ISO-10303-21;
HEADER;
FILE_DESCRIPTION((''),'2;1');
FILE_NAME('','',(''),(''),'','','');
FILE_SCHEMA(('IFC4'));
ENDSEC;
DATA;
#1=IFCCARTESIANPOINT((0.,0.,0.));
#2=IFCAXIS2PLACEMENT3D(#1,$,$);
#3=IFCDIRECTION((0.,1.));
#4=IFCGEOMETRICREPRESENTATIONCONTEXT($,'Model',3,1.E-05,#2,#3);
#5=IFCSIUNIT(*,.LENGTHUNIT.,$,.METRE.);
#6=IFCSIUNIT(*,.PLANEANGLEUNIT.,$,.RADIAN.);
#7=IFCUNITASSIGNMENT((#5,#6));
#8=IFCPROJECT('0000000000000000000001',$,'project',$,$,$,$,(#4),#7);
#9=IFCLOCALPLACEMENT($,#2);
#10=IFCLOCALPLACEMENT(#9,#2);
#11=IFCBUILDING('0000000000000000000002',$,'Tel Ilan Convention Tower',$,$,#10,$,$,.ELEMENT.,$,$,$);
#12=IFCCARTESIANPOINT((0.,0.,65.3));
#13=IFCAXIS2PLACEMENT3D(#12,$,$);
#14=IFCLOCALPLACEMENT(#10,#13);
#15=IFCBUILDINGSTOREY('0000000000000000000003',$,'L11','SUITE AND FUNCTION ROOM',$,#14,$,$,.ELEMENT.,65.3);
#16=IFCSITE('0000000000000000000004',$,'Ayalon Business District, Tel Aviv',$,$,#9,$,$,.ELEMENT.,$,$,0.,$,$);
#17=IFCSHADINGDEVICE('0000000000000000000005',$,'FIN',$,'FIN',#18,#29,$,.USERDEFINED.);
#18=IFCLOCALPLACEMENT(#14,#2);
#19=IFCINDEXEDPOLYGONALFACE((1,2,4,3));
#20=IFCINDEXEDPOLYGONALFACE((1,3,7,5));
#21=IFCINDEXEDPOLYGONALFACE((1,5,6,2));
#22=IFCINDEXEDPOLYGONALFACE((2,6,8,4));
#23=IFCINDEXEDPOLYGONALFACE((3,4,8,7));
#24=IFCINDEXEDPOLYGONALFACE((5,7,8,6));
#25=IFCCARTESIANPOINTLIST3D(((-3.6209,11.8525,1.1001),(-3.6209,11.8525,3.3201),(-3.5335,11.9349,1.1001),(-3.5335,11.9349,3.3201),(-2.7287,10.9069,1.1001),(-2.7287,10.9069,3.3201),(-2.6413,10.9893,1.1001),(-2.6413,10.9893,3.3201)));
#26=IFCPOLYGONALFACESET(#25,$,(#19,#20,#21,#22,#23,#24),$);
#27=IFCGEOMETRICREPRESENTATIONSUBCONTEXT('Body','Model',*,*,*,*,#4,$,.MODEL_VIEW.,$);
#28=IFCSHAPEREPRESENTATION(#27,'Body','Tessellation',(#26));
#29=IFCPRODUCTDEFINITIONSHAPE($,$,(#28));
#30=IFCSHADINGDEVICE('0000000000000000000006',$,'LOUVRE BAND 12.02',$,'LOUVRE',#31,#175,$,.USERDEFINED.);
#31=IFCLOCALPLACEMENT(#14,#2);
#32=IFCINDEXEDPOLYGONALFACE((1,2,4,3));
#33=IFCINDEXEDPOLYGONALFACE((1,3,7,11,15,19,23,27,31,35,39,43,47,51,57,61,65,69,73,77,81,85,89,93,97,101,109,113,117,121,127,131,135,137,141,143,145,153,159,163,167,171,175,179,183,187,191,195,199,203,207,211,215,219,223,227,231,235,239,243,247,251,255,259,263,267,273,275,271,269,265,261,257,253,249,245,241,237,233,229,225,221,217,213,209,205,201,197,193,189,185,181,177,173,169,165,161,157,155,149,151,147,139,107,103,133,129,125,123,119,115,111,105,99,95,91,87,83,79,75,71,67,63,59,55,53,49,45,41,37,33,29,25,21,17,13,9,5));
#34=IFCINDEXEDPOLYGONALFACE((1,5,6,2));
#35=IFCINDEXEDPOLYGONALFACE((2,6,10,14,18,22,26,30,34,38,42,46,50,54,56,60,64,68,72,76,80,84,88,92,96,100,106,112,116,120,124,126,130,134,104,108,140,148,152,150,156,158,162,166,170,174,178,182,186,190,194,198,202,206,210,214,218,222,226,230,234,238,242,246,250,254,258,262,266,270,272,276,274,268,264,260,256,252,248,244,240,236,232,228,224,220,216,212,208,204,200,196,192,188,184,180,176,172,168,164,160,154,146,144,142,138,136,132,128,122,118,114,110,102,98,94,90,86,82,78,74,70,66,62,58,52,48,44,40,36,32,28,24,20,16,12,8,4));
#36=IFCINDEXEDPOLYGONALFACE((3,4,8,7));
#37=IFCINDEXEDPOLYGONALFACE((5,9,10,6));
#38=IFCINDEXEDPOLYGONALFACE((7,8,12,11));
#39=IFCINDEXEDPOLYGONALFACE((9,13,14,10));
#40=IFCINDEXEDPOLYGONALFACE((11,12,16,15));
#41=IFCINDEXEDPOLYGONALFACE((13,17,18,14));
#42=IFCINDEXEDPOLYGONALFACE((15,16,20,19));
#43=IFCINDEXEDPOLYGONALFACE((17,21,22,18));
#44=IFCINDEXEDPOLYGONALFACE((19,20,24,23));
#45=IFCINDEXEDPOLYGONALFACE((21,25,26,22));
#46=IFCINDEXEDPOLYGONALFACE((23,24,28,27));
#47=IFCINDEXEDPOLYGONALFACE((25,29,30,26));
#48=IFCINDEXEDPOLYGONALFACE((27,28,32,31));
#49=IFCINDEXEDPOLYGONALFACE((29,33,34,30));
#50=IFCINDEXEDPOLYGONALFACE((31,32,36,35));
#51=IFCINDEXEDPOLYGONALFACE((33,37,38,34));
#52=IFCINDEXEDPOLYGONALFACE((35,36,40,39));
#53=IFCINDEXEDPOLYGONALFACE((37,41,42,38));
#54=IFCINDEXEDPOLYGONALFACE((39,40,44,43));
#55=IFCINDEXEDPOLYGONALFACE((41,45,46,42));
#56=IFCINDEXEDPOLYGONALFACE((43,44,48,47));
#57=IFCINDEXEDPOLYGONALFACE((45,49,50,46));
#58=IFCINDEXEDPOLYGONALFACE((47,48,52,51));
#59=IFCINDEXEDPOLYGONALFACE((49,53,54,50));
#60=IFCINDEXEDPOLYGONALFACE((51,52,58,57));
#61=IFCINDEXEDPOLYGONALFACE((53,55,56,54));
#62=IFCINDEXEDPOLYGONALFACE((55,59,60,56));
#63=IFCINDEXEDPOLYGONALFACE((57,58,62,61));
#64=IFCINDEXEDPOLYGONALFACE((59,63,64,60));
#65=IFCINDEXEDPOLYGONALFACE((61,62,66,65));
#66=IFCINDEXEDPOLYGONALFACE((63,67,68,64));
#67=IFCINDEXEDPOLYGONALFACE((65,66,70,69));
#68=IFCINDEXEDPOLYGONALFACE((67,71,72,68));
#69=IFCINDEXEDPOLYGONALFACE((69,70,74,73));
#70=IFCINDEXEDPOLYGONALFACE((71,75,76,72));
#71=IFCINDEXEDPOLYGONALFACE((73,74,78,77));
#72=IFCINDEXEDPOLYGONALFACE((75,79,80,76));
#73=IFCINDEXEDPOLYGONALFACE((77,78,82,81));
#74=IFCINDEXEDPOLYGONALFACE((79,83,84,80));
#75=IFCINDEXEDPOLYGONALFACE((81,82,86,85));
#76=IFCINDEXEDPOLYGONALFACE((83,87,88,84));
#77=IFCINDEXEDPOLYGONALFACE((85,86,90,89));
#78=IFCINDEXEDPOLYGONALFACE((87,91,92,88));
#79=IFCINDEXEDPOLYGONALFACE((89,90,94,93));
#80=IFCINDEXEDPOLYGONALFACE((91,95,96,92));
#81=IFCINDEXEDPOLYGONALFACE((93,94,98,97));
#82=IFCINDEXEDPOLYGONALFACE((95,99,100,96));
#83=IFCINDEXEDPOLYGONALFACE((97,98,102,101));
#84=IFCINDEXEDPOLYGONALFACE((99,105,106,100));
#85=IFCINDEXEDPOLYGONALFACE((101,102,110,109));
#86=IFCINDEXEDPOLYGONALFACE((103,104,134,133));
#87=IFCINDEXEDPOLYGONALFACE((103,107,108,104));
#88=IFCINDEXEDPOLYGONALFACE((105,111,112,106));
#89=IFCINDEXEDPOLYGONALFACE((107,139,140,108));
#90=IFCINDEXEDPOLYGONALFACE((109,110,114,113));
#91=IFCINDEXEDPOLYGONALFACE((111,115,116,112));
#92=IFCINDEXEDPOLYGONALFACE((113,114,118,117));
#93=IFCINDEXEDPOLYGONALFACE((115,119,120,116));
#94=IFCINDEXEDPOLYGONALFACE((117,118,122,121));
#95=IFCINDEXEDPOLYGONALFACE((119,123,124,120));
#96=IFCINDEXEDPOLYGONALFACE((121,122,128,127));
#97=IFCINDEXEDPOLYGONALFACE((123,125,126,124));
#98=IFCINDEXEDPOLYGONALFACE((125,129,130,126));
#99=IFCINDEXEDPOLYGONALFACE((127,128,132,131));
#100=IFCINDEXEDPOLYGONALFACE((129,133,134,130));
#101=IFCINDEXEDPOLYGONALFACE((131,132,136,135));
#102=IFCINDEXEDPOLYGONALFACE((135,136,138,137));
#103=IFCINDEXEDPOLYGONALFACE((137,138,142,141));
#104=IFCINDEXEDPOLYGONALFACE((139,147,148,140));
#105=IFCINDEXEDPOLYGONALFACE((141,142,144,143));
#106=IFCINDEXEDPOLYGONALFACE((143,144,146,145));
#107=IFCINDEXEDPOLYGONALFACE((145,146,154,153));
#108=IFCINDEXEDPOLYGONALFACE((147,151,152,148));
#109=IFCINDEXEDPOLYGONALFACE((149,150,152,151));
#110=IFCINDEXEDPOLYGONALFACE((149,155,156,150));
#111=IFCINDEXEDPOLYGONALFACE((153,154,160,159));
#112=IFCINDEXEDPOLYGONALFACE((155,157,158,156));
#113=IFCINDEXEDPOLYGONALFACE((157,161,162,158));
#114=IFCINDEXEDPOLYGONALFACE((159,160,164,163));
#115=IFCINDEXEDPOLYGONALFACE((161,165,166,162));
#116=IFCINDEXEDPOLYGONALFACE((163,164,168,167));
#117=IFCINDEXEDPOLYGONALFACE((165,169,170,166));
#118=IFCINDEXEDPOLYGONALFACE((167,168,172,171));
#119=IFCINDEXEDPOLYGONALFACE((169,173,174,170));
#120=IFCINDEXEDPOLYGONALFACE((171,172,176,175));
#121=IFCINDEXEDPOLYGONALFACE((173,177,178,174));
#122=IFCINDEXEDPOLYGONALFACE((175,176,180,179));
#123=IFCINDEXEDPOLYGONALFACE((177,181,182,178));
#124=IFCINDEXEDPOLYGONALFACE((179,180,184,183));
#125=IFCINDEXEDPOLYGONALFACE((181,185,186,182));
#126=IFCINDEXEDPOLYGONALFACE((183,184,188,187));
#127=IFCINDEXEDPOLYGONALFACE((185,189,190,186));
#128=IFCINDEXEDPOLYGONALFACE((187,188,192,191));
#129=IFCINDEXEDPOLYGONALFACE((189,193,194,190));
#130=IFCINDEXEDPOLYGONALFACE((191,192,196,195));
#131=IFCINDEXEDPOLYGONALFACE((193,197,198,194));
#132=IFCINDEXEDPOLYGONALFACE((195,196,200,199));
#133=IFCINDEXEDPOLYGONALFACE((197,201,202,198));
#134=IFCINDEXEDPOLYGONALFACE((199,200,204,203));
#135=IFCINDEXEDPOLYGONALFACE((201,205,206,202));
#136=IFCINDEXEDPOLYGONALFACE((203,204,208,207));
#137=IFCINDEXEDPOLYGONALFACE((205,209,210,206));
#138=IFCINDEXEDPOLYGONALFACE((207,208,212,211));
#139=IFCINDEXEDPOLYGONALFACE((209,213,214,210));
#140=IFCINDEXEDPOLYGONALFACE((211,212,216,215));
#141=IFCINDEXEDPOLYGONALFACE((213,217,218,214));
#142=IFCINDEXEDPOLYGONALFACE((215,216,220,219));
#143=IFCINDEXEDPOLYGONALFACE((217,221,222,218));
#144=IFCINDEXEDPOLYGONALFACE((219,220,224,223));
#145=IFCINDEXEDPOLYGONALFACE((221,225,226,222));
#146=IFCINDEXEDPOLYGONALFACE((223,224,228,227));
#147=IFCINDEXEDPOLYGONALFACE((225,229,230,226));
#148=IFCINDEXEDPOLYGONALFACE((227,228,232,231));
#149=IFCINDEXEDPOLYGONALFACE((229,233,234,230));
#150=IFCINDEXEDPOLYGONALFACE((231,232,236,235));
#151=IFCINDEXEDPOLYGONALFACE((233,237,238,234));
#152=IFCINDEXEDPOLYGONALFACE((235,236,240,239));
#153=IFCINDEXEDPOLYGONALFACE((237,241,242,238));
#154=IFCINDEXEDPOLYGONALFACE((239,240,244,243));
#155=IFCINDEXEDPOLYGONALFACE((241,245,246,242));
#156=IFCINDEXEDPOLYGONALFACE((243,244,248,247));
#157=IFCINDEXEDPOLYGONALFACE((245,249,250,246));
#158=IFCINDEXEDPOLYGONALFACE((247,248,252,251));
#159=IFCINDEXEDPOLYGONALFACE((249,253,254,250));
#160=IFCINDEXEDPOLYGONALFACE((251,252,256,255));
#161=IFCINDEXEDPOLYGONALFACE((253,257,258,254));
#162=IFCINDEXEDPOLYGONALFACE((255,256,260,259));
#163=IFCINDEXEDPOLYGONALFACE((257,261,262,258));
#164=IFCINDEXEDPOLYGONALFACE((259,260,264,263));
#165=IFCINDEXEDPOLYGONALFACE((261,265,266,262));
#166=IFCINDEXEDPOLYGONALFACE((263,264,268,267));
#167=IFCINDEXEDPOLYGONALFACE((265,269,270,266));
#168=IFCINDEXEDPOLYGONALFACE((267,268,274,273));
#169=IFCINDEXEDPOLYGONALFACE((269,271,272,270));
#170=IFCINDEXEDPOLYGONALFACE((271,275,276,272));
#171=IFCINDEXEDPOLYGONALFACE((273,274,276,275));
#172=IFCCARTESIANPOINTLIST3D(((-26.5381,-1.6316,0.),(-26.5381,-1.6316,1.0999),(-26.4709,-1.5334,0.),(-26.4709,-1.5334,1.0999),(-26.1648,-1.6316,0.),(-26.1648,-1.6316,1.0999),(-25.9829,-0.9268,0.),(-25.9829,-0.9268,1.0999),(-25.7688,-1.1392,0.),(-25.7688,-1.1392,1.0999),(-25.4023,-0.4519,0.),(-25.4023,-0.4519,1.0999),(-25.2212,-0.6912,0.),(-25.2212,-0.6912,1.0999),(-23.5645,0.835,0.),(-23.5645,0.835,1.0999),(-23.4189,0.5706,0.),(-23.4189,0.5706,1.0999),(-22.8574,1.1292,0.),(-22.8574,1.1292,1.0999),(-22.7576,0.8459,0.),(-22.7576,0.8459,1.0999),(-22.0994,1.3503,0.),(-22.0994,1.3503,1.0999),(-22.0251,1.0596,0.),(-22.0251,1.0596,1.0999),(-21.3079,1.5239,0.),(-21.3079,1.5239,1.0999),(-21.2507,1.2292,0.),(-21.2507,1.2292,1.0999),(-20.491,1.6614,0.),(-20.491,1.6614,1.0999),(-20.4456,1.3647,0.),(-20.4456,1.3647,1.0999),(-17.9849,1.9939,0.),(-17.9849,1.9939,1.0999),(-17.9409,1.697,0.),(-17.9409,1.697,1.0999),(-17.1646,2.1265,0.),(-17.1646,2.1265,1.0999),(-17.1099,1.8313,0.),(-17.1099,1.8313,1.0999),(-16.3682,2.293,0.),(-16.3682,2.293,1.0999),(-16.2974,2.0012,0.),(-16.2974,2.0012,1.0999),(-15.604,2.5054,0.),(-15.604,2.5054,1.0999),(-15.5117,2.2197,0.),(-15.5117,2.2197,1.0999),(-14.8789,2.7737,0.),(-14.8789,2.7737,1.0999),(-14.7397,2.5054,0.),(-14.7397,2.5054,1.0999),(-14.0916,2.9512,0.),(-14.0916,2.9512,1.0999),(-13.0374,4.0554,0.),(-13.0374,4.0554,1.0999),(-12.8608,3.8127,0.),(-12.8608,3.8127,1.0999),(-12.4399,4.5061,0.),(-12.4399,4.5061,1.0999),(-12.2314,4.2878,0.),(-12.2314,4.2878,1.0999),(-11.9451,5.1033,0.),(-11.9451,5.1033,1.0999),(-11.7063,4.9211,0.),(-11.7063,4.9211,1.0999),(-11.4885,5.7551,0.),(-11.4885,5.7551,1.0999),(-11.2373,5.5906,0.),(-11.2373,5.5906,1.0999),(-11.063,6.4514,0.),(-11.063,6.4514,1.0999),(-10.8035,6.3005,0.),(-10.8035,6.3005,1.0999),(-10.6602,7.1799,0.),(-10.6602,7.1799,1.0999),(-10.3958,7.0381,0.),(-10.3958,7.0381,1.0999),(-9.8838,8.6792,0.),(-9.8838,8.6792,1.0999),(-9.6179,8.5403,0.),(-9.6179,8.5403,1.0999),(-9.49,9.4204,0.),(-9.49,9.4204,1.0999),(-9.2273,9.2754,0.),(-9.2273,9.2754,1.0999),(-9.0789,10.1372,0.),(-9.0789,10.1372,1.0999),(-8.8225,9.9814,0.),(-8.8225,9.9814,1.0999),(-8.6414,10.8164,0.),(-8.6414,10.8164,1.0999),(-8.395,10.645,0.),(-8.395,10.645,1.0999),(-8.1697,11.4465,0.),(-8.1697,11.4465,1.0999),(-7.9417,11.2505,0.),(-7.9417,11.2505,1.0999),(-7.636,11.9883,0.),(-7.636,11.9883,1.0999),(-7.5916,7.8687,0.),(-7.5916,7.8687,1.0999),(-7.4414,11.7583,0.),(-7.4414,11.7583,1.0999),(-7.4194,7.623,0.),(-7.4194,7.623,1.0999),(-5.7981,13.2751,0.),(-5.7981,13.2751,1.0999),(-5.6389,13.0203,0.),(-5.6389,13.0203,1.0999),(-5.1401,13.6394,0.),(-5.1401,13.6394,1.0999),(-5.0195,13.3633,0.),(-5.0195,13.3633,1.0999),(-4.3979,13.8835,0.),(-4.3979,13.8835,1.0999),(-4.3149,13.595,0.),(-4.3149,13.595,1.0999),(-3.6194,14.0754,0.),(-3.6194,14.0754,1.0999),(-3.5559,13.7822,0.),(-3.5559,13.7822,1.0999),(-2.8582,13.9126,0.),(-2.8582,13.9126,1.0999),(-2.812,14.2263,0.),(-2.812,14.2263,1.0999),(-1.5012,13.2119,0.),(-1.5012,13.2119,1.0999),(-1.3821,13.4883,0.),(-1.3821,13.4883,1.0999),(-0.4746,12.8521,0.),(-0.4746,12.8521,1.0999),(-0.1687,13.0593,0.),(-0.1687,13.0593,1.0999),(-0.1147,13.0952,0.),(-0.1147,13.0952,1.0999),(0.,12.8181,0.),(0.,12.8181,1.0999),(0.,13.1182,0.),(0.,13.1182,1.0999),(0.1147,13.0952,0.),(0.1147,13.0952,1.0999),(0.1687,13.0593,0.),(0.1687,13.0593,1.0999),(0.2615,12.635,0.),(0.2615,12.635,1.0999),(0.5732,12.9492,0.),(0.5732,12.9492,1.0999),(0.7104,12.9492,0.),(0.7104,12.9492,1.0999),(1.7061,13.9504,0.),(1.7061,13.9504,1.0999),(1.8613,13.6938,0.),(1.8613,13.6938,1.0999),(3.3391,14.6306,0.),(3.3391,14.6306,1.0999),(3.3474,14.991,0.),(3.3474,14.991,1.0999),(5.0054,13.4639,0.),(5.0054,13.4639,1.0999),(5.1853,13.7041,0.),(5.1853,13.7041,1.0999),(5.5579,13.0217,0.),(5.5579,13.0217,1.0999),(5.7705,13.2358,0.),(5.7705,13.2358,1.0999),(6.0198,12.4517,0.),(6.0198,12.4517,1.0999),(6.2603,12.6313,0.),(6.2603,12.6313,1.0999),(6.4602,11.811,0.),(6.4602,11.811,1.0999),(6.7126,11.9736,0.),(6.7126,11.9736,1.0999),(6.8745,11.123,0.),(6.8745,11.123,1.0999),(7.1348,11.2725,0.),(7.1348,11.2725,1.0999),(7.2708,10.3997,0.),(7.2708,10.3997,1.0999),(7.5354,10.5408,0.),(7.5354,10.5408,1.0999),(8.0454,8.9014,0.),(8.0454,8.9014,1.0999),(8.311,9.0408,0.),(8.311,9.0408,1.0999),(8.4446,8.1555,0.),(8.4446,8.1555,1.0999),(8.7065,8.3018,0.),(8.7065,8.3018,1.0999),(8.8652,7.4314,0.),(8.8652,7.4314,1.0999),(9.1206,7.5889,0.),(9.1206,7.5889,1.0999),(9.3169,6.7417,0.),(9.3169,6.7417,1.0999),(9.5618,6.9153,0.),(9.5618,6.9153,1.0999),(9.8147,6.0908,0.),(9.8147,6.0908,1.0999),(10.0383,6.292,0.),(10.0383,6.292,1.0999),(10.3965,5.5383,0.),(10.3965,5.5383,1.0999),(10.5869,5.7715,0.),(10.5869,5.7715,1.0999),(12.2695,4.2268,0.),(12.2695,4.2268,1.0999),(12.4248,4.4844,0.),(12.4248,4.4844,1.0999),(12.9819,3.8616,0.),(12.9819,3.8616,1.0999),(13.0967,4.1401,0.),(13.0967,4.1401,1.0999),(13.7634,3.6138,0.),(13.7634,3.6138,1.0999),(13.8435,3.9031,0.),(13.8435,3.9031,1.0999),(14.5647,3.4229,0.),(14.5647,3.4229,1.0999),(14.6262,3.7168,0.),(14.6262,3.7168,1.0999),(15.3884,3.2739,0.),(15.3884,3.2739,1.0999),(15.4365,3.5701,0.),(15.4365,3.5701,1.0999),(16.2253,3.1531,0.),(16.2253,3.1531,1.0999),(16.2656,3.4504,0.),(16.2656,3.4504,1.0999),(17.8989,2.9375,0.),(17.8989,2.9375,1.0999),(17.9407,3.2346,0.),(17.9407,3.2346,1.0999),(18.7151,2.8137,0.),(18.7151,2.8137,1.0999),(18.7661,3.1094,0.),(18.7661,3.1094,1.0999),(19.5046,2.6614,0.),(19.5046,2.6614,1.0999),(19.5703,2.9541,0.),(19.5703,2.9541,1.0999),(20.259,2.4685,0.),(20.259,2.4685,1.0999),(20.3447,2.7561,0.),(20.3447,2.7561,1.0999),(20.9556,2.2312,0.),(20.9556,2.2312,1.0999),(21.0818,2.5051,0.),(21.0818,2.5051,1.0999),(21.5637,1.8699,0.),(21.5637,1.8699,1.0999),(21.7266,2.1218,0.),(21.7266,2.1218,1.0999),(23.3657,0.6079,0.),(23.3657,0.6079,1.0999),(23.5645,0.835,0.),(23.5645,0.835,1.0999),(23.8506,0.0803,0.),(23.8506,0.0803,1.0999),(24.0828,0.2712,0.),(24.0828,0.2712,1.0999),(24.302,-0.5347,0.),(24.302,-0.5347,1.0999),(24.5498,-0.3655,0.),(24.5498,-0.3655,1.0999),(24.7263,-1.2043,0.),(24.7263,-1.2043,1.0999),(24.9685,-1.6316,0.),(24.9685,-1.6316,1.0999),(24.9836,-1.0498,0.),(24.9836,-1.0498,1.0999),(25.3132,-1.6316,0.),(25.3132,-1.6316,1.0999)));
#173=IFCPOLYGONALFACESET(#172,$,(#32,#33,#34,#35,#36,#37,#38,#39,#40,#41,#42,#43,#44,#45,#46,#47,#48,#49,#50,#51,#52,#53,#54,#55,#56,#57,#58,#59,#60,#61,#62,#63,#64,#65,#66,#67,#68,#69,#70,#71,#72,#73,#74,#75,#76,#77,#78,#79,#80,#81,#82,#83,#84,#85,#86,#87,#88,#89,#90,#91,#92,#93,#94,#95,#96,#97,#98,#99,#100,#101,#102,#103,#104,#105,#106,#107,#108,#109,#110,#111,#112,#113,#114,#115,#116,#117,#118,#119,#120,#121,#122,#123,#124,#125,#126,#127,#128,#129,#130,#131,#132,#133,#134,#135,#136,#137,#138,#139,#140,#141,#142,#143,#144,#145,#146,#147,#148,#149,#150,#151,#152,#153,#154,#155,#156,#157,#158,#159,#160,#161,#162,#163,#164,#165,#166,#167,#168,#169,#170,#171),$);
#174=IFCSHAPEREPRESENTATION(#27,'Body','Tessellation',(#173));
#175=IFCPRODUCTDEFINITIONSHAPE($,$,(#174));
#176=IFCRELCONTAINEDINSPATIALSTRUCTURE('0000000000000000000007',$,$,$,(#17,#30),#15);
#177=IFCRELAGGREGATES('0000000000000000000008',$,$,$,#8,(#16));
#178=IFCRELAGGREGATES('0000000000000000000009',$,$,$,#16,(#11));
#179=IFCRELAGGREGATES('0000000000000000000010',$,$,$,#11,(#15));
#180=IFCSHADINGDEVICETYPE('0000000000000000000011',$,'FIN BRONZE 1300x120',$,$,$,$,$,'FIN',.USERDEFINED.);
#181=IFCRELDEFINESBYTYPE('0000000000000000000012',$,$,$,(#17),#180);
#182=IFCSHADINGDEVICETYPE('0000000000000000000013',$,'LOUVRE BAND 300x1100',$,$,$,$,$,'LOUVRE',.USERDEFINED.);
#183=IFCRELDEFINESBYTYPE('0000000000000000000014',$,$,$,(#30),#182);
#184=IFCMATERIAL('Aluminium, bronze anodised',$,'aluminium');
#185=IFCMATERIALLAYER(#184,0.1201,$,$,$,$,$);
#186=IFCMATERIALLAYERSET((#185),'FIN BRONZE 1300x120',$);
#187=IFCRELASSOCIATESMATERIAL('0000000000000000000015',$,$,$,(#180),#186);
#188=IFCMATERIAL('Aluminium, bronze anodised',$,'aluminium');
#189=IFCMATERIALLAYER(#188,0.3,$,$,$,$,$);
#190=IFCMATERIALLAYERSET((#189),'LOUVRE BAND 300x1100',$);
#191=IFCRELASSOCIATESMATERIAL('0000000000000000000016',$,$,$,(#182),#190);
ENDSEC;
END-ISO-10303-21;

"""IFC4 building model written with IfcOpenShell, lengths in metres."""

from ifc_helpers import new_model, si_unit, direction, frame, origin, origin_2d, place, context, subcontext, project, spatial, polyline, rectangle, outline, extrude, material, layer, layer_set, type_object, element, save


model = new_model("IFC4")

# Units and contexts
model_context = context("Model", 3, precision=1e-05, world=origin(), true_north=direction((0.0, 1.0)))
body_context = subcontext(model_context, "Body", "Model", "MODEL_VIEW")
ifc_project = project(units=[si_unit("LENGTHUNIT", "METRE"), si_unit("PLANEANGLEUNIT", "RADIAN")], contexts=[model_context])

# Site, building, storey
site_placement = place(None, origin())
site = spatial("IfcSite", under=ifc_project, at=site_placement, Name="Ayalon Business District, Tel Aviv", CompositionType="ELEMENT", RefElevation=0.0)
building_placement = place(site_placement, origin())
building = spatial("IfcBuilding", under=site, at=building_placement, Name="Tel Ilan Convention Tower", CompositionType="ELEMENT")
storey_placement = place(building_placement, frame((0.0, 0.0, 65.3)))
storey = spatial("IfcBuildingStorey", under=building, at=storey_placement, Name="L11", Description="SUITE AND FUNCTION ROOM", CompositionType="ELEMENT", Elevation=65.3)

# Shading devices
ifc_material_1 = material(Name="Aluminium, bronze anodised", Category="aluminium")
ifc_layer_1 = layer(ifc_material_1, 0.1201)
ifc_layer_set_1 = layer_set([ifc_layer_1], Name="FIN BRONZE 1300x120")
shading_device_type_1 = type_object("IfcShadingDeviceType", Name="FIN BRONZE 1300x120", ElementType="FIN", PredefinedType="USERDEFINED", material=ifc_layer_set_1)
shading_device_1_placement = place(storey_placement, frame((-3.1311, 11.4209, 1.1001), z_axis=(0.0, 0.0, 1.0), x_axis=(-0.686242, 0.727374, 0.0)))
element("IfcShadingDevice", 1, at=shading_device_1_placement, inside=storey, type_object=shading_device_type_1, Name="FIN", ObjectType="FIN", PredefinedType="USERDEFINED", context=body_context, shape_type="SweptSolid", body=[
    extrude(rectangle(XDim=1.3, YDim=0.1201, at=origin_2d()), origin(), (0.0, 0.0, 1.0), 2.22),
])
ifc_material_2 = material(Name="Aluminium, bronze anodised", Category="aluminium")
ifc_layer_2 = layer(ifc_material_2, 0.3)
ifc_layer_set_2 = layer_set([ifc_layer_2], Name="LOUVRE BAND 300x1100")
shading_device_type_2 = type_object("IfcShadingDeviceType", Name="LOUVRE BAND 300x1100", ElementType="LOUVRE", PredefinedType="USERDEFINED", material=ifc_layer_set_2)
shading_device_2_placement = place(storey_placement, origin())
element("IfcShadingDevice", 2, at=shading_device_2_placement, inside=storey, type_object=shading_device_type_2, Name="LOUVRE BAND 12.02", ObjectType="LOUVRE", PredefinedType="USERDEFINED", context=body_context, shape_type="SweptSolid", body=[
    extrude(outline(polyline([(-26.4709, -1.5334), (-26.5381, -1.6316), (-26.1648, -1.6316), (-25.7688, -1.1392), (-25.2212, -0.6912), (-23.4189, 0.5706), (-22.7576, 0.8459), (-22.0251, 1.0596), (-21.2507, 1.2292), (-20.4456, 1.3647), (-17.9409, 1.697), (-17.1099, 1.8313), (-16.2974, 2.0012), (-15.5117, 2.2197), (-14.7397, 2.5054), (-14.0916, 2.9512), (-12.8608, 3.8127), (-12.2314, 4.2878), (-11.7063, 4.9211), (-11.2373, 5.5906), (-10.8035, 6.3005), (-10.3958, 7.0381), (-9.6179, 8.5403), (-9.2273, 9.2754), (-8.8225, 9.9814), (-8.395, 10.645), (-7.9417, 11.2505), (-7.4414, 11.7583), (-5.6389, 13.0203), (-5.0195, 13.3633), (-4.3149, 13.595), (-3.5559, 13.7822), (-2.8582, 13.9126), (-1.5012, 13.2119), (-0.4746, 12.8521), (-7.5916, 7.8687), (-7.4194, 7.623), (0.0, 12.8181), (0.2615, 12.635), (0.7104, 12.9492), (0.5732, 12.9492), (1.8613, 13.6938), (3.3391, 14.6306), (5.0054, 13.4639), (5.5579, 13.0217), (6.0198, 12.4517), (6.4602, 11.811), (6.8745, 11.123), (7.2708, 10.3997), (8.0454, 8.9014), (8.4446, 8.1555), (8.8652, 7.4314), (9.3169, 6.7417), (9.8147, 6.0908), (10.3965, 5.5383), (12.2695, 4.2268), (12.9819, 3.8616), (13.7634, 3.6138), (14.5647, 3.4229), (15.3884, 3.2739), (16.2253, 3.1531), (17.8989, 2.9375), (18.7151, 2.8137), (19.5046, 2.6614), (20.259, 2.4685), (20.9556, 2.2312), (21.5637, 1.8699), (23.3657, 0.6079), (23.8506, 0.0803), (24.302, -0.5347), (24.7263, -1.2043), (24.9685, -1.6316), (25.3132, -1.6316), (24.9836, -1.0498), (24.5498, -0.3655), (24.0828, 0.2712), (23.5645, 0.835), (21.7266, 2.1218), (21.0818, 2.5051), (20.3447, 2.7561), (19.5703, 2.9541), (18.7661, 3.1094), (17.9407, 3.2346), (16.2656, 3.4504), (15.4365, 3.5701), (14.6262, 3.7168), (13.8435, 3.9031), (13.0967, 4.1401), (12.4248, 4.4844), (10.5869, 5.7715), (10.0383, 6.292), (9.5618, 6.9153), (9.1206, 7.5889), (8.7065, 8.3018), (8.311, 9.0408), (7.5354, 10.5408), (7.1348, 11.2725), (6.7126, 11.9736), (6.2603, 12.6313), (5.7705, 13.2358), (5.1853, 13.7041), (3.3474, 14.991), (1.7061, 13.9504), (0.1687, 13.0593), (0.1147, 13.0952), (0.0, 13.1182), (-0.1147, 13.0952), (-0.1687, 13.0593), (-1.3821, 13.4883), (-2.812, 14.2263), (-3.6194, 14.0754), (-4.3979, 13.8835), (-5.1401, 13.6394), (-5.7981, 13.2751), (-7.636, 11.9883), (-8.1697, 11.4465), (-8.6414, 10.8164), (-9.0789, 10.1372), (-9.49, 9.4204), (-9.8838, 8.6792), (-10.6602, 7.1799), (-11.063, 6.4514), (-11.4885, 5.7551), (-11.9451, 5.1033), (-12.4399, 4.5061), (-13.0374, 4.0554), (-14.8789, 2.7737), (-15.604, 2.5054), (-16.3682, 2.293), (-17.1646, 2.1265), (-17.9849, 1.9939), (-20.491, 1.6614), (-21.3079, 1.5239), (-22.0994, 1.3503), (-22.8574, 1.1292), (-23.5645, 0.835), (-25.4023, -0.4519), (-25.9829, -0.9268), (-26.4709, -1.5334)])), origin(), (0.0, 0.0, 1.0), 1.0999),
])

save(model, "model.ifc")
